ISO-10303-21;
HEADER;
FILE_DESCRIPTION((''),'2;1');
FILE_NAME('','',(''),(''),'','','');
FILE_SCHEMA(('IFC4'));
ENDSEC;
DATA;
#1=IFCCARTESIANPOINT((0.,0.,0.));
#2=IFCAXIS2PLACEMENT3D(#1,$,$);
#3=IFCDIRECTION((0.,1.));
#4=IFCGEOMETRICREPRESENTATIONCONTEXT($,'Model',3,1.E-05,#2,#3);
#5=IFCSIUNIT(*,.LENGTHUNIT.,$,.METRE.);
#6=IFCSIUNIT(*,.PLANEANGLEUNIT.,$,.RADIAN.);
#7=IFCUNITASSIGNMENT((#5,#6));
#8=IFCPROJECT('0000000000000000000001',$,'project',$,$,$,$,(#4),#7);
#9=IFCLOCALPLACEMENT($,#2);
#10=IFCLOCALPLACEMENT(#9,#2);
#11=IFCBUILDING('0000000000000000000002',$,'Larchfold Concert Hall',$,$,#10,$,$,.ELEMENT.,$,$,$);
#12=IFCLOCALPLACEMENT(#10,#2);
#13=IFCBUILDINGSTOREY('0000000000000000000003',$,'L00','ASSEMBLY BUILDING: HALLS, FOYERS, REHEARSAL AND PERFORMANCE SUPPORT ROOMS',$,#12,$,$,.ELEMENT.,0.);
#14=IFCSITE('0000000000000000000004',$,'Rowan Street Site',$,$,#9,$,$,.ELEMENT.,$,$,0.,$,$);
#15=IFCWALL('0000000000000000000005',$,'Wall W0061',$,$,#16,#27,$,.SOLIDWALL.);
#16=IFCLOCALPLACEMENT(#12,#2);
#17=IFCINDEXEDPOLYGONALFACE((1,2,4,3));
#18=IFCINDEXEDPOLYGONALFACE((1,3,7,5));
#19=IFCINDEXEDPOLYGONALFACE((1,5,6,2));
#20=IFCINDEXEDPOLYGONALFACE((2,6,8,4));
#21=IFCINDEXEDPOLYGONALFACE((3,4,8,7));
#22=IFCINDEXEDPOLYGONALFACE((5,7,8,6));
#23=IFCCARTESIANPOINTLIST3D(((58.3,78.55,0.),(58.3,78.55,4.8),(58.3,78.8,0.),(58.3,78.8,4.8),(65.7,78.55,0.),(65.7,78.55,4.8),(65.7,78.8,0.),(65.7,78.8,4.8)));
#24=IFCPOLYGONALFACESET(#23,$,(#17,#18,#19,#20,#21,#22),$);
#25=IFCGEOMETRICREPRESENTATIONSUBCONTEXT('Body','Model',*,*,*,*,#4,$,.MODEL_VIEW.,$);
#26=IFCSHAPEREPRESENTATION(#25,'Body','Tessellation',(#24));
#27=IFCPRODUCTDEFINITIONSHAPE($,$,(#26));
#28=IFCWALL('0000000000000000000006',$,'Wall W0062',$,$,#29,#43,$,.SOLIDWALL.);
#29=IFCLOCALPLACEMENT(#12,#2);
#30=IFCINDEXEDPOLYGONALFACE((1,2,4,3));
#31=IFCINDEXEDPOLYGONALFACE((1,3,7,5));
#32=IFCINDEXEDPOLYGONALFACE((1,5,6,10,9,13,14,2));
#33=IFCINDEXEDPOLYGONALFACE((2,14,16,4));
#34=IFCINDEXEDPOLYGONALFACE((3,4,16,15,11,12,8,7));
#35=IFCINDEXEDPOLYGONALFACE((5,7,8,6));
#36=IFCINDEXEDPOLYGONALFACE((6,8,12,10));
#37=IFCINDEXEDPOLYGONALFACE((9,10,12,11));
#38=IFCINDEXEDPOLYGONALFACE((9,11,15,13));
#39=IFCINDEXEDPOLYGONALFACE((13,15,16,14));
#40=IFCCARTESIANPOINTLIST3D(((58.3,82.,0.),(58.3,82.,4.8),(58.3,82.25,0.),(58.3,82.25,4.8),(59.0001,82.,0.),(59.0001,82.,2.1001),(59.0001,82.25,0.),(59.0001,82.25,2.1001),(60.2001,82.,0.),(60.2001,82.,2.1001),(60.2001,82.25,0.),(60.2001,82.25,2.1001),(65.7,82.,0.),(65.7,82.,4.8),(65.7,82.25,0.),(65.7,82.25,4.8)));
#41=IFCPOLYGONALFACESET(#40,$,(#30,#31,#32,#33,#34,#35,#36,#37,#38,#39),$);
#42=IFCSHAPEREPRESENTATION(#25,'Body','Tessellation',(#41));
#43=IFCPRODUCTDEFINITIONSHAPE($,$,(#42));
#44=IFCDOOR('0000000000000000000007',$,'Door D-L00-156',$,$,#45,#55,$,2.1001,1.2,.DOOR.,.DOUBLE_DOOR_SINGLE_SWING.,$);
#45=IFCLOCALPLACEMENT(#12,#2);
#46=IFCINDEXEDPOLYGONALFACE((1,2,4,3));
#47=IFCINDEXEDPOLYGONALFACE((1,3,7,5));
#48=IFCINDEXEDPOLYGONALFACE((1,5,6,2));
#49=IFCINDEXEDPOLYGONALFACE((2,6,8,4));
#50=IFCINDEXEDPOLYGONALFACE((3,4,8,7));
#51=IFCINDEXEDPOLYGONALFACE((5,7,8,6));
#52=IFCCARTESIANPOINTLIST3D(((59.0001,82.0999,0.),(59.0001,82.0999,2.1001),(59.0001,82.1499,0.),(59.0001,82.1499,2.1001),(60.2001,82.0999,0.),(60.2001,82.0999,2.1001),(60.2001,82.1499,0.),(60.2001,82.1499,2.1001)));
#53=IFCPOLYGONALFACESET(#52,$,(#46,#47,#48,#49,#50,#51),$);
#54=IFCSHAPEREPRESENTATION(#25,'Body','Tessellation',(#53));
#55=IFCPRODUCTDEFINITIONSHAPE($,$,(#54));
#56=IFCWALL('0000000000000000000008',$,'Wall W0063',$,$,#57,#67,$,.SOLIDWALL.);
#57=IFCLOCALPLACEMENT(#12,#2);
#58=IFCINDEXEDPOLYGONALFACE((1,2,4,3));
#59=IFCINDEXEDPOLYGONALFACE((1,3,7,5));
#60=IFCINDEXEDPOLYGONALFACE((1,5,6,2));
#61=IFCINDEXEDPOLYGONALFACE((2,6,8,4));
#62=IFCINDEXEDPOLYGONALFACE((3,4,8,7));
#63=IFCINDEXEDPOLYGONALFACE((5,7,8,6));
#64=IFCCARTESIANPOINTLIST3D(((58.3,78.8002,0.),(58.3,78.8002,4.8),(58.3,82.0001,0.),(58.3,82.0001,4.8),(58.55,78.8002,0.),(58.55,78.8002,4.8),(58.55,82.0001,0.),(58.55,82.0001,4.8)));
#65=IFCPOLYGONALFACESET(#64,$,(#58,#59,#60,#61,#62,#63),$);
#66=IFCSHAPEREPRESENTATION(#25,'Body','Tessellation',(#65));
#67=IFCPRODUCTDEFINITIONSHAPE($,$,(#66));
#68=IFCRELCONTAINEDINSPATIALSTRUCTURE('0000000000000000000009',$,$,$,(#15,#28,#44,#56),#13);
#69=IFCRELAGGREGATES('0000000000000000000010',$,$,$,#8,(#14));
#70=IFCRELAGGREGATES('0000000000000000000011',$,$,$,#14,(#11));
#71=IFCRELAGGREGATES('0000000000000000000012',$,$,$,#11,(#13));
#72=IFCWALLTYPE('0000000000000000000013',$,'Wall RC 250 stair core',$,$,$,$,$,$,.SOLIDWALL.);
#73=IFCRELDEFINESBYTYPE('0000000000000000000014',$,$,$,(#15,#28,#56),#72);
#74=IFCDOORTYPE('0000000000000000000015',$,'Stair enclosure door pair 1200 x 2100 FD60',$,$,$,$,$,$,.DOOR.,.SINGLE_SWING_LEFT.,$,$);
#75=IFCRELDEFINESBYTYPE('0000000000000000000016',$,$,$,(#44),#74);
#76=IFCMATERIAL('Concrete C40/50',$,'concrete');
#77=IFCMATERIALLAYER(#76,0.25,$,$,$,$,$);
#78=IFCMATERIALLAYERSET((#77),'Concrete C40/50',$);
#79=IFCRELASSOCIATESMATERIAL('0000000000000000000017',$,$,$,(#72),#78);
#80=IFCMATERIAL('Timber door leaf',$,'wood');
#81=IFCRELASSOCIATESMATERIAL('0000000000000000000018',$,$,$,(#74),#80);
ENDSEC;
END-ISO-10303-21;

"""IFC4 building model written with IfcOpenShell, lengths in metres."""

from ifc_helpers import new_model, si_unit, direction, frame, frame_2d, origin, place, context, subcontext, project, spatial, rectangle, extrude, material, layer, layer_set, type_object, element, fill, save


model = new_model("IFC4")

# Units and contexts
model_context = context("Model", 3, precision=1e-05, world=origin(), true_north=direction((0.0, 1.0)))
body_context = subcontext(model_context, "Body", "Model", "MODEL_VIEW")
ifc_project = project(units=[si_unit("LENGTHUNIT", "METRE"), si_unit("PLANEANGLEUNIT", "RADIAN")], contexts=[model_context])

# Site, building, storey
site_placement = place(None, origin())
site = spatial("IfcSite", under=ifc_project, at=site_placement, Name="Rowan Street Site", CompositionType="ELEMENT", RefElevation=0.0)
building_placement = place(site_placement, origin())
building = spatial("IfcBuilding", under=site, at=building_placement, Name="Larchfold Concert Hall", CompositionType="ELEMENT")
storey_placement = place(building_placement, origin())
storey = spatial("IfcBuildingStorey", under=building, at=storey_placement, Name="L00", Description="ASSEMBLY BUILDING: HALLS, FOYERS, REHEARSAL AND PERFORMANCE SUPPORT ROOMS", CompositionType="ELEMENT", Elevation=0.0)

# Wall
ifc_material_1 = material(Name="Concrete C40/50", Category="concrete")
ifc_layer_1 = layer(ifc_material_1, 0.25)
ifc_layer_set_1 = layer_set([ifc_layer_1], Name="Concrete C40/50")
wall_type_1 = type_object("IfcWallType", Name="Wall RC 250 stair core", PredefinedType="SOLIDWALL", material=ifc_layer_set_1)
wall_1_placement = place(storey_placement, frame((58.3, 78.675, 0.0), z_axis=(0.0, 0.0, 1.0), x_axis=(1.0, 0.0, 0.0)))
element("IfcWall", 1, at=wall_1_placement, inside=storey, type_object=wall_type_1, Name="Wall W0061", PredefinedType="SOLIDWALL", context=body_context, shape_type="SweptSolid", body=[
    extrude(rectangle(XDim=7.3999, YDim=0.25, at=frame_2d((3.7, 0.0))), origin(), (0.0, 0.0, 1.0), 4.8),
])

# Wall, opening, door
wall_2_placement = place(storey_placement, frame((58.3, 82.125, 0.0), z_axis=(0.0, 0.0, 1.0), x_axis=(1.0, 0.0, 0.0)))
wall_2 = element("IfcWall", 2, at=wall_2_placement, inside=storey, type_object=wall_type_1, Name="Wall W0062", PredefinedType="SOLIDWALL", context=body_context, shape_type="SweptSolid", body=[
    extrude(rectangle(XDim=7.3999, YDim=0.25, at=frame_2d((3.7, 0.0))), origin(), (0.0, 0.0, 1.0), 4.8),
])
opening_1_placement = place(wall_2_placement, frame((0.7, 0.0, 0.0)))
opening_1 = element("IfcOpeningElement", 3, at=opening_1_placement, cuts=wall_2, PredefinedType="OPENING", context=body_context, shape_type="SweptSolid", body=[
    extrude(rectangle(XDim=1.2, YDim=2.1001, at=frame_2d((0.6001, 1.05))), frame((0.0, 0.135, 0.0), z_axis=(0.0, -1.0, 0.0), x_axis=(1.0, 0.0, 0.0)), (0.0, 0.0, 1.0), 0.27),
])
ifc_material_2 = material(Name="Timber door leaf", Category="wood")
door_type_1 = type_object("IfcDoorType", Name="Stair enclosure door pair 1200 x 2100 FD60", OperationType="SINGLE_SWING_LEFT", PredefinedType="DOOR", material=ifc_material_2)
door_1_placement = place(opening_1_placement, origin())
door_1 = element("IfcDoor", 4, at=door_1_placement, inside=storey, type_object=door_type_1, Name="Door D-L00-156", OperationType="DOUBLE_DOOR_SINGLE_SWING", OverallHeight=2.1001, OverallWidth=1.2, PredefinedType="DOOR", context=body_context, shape_type="SweptSolid", body=[
    extrude(rectangle(XDim=1.2, YDim=2.1001, at=frame_2d((0.6001, 1.05))), frame((0.0, 0.0249, 0.0), z_axis=(0.0, -1.0, 0.0), x_axis=(1.0, 0.0, 0.0)), (0.0, 0.0, 1.0), 0.05),
])
fill(opening_1, door_1)

# Wall
wall_3_placement = place(storey_placement, frame((58.425, 78.8, 0.0), z_axis=(0.0, 0.0, 1.0), x_axis=(0.0, 1.0, 0.0)))
element("IfcWall", 5, at=wall_3_placement, inside=storey, type_object=wall_type_1, Name="Wall W0063", PredefinedType="SOLIDWALL", context=body_context, shape_type="SweptSolid", body=[
    extrude(rectangle(XDim=3.2, YDim=0.25, at=frame_2d((1.6001, 0.0))), origin(), (0.0, 0.0, 1.0), 4.8),
])

save(model, "model.ifc")
